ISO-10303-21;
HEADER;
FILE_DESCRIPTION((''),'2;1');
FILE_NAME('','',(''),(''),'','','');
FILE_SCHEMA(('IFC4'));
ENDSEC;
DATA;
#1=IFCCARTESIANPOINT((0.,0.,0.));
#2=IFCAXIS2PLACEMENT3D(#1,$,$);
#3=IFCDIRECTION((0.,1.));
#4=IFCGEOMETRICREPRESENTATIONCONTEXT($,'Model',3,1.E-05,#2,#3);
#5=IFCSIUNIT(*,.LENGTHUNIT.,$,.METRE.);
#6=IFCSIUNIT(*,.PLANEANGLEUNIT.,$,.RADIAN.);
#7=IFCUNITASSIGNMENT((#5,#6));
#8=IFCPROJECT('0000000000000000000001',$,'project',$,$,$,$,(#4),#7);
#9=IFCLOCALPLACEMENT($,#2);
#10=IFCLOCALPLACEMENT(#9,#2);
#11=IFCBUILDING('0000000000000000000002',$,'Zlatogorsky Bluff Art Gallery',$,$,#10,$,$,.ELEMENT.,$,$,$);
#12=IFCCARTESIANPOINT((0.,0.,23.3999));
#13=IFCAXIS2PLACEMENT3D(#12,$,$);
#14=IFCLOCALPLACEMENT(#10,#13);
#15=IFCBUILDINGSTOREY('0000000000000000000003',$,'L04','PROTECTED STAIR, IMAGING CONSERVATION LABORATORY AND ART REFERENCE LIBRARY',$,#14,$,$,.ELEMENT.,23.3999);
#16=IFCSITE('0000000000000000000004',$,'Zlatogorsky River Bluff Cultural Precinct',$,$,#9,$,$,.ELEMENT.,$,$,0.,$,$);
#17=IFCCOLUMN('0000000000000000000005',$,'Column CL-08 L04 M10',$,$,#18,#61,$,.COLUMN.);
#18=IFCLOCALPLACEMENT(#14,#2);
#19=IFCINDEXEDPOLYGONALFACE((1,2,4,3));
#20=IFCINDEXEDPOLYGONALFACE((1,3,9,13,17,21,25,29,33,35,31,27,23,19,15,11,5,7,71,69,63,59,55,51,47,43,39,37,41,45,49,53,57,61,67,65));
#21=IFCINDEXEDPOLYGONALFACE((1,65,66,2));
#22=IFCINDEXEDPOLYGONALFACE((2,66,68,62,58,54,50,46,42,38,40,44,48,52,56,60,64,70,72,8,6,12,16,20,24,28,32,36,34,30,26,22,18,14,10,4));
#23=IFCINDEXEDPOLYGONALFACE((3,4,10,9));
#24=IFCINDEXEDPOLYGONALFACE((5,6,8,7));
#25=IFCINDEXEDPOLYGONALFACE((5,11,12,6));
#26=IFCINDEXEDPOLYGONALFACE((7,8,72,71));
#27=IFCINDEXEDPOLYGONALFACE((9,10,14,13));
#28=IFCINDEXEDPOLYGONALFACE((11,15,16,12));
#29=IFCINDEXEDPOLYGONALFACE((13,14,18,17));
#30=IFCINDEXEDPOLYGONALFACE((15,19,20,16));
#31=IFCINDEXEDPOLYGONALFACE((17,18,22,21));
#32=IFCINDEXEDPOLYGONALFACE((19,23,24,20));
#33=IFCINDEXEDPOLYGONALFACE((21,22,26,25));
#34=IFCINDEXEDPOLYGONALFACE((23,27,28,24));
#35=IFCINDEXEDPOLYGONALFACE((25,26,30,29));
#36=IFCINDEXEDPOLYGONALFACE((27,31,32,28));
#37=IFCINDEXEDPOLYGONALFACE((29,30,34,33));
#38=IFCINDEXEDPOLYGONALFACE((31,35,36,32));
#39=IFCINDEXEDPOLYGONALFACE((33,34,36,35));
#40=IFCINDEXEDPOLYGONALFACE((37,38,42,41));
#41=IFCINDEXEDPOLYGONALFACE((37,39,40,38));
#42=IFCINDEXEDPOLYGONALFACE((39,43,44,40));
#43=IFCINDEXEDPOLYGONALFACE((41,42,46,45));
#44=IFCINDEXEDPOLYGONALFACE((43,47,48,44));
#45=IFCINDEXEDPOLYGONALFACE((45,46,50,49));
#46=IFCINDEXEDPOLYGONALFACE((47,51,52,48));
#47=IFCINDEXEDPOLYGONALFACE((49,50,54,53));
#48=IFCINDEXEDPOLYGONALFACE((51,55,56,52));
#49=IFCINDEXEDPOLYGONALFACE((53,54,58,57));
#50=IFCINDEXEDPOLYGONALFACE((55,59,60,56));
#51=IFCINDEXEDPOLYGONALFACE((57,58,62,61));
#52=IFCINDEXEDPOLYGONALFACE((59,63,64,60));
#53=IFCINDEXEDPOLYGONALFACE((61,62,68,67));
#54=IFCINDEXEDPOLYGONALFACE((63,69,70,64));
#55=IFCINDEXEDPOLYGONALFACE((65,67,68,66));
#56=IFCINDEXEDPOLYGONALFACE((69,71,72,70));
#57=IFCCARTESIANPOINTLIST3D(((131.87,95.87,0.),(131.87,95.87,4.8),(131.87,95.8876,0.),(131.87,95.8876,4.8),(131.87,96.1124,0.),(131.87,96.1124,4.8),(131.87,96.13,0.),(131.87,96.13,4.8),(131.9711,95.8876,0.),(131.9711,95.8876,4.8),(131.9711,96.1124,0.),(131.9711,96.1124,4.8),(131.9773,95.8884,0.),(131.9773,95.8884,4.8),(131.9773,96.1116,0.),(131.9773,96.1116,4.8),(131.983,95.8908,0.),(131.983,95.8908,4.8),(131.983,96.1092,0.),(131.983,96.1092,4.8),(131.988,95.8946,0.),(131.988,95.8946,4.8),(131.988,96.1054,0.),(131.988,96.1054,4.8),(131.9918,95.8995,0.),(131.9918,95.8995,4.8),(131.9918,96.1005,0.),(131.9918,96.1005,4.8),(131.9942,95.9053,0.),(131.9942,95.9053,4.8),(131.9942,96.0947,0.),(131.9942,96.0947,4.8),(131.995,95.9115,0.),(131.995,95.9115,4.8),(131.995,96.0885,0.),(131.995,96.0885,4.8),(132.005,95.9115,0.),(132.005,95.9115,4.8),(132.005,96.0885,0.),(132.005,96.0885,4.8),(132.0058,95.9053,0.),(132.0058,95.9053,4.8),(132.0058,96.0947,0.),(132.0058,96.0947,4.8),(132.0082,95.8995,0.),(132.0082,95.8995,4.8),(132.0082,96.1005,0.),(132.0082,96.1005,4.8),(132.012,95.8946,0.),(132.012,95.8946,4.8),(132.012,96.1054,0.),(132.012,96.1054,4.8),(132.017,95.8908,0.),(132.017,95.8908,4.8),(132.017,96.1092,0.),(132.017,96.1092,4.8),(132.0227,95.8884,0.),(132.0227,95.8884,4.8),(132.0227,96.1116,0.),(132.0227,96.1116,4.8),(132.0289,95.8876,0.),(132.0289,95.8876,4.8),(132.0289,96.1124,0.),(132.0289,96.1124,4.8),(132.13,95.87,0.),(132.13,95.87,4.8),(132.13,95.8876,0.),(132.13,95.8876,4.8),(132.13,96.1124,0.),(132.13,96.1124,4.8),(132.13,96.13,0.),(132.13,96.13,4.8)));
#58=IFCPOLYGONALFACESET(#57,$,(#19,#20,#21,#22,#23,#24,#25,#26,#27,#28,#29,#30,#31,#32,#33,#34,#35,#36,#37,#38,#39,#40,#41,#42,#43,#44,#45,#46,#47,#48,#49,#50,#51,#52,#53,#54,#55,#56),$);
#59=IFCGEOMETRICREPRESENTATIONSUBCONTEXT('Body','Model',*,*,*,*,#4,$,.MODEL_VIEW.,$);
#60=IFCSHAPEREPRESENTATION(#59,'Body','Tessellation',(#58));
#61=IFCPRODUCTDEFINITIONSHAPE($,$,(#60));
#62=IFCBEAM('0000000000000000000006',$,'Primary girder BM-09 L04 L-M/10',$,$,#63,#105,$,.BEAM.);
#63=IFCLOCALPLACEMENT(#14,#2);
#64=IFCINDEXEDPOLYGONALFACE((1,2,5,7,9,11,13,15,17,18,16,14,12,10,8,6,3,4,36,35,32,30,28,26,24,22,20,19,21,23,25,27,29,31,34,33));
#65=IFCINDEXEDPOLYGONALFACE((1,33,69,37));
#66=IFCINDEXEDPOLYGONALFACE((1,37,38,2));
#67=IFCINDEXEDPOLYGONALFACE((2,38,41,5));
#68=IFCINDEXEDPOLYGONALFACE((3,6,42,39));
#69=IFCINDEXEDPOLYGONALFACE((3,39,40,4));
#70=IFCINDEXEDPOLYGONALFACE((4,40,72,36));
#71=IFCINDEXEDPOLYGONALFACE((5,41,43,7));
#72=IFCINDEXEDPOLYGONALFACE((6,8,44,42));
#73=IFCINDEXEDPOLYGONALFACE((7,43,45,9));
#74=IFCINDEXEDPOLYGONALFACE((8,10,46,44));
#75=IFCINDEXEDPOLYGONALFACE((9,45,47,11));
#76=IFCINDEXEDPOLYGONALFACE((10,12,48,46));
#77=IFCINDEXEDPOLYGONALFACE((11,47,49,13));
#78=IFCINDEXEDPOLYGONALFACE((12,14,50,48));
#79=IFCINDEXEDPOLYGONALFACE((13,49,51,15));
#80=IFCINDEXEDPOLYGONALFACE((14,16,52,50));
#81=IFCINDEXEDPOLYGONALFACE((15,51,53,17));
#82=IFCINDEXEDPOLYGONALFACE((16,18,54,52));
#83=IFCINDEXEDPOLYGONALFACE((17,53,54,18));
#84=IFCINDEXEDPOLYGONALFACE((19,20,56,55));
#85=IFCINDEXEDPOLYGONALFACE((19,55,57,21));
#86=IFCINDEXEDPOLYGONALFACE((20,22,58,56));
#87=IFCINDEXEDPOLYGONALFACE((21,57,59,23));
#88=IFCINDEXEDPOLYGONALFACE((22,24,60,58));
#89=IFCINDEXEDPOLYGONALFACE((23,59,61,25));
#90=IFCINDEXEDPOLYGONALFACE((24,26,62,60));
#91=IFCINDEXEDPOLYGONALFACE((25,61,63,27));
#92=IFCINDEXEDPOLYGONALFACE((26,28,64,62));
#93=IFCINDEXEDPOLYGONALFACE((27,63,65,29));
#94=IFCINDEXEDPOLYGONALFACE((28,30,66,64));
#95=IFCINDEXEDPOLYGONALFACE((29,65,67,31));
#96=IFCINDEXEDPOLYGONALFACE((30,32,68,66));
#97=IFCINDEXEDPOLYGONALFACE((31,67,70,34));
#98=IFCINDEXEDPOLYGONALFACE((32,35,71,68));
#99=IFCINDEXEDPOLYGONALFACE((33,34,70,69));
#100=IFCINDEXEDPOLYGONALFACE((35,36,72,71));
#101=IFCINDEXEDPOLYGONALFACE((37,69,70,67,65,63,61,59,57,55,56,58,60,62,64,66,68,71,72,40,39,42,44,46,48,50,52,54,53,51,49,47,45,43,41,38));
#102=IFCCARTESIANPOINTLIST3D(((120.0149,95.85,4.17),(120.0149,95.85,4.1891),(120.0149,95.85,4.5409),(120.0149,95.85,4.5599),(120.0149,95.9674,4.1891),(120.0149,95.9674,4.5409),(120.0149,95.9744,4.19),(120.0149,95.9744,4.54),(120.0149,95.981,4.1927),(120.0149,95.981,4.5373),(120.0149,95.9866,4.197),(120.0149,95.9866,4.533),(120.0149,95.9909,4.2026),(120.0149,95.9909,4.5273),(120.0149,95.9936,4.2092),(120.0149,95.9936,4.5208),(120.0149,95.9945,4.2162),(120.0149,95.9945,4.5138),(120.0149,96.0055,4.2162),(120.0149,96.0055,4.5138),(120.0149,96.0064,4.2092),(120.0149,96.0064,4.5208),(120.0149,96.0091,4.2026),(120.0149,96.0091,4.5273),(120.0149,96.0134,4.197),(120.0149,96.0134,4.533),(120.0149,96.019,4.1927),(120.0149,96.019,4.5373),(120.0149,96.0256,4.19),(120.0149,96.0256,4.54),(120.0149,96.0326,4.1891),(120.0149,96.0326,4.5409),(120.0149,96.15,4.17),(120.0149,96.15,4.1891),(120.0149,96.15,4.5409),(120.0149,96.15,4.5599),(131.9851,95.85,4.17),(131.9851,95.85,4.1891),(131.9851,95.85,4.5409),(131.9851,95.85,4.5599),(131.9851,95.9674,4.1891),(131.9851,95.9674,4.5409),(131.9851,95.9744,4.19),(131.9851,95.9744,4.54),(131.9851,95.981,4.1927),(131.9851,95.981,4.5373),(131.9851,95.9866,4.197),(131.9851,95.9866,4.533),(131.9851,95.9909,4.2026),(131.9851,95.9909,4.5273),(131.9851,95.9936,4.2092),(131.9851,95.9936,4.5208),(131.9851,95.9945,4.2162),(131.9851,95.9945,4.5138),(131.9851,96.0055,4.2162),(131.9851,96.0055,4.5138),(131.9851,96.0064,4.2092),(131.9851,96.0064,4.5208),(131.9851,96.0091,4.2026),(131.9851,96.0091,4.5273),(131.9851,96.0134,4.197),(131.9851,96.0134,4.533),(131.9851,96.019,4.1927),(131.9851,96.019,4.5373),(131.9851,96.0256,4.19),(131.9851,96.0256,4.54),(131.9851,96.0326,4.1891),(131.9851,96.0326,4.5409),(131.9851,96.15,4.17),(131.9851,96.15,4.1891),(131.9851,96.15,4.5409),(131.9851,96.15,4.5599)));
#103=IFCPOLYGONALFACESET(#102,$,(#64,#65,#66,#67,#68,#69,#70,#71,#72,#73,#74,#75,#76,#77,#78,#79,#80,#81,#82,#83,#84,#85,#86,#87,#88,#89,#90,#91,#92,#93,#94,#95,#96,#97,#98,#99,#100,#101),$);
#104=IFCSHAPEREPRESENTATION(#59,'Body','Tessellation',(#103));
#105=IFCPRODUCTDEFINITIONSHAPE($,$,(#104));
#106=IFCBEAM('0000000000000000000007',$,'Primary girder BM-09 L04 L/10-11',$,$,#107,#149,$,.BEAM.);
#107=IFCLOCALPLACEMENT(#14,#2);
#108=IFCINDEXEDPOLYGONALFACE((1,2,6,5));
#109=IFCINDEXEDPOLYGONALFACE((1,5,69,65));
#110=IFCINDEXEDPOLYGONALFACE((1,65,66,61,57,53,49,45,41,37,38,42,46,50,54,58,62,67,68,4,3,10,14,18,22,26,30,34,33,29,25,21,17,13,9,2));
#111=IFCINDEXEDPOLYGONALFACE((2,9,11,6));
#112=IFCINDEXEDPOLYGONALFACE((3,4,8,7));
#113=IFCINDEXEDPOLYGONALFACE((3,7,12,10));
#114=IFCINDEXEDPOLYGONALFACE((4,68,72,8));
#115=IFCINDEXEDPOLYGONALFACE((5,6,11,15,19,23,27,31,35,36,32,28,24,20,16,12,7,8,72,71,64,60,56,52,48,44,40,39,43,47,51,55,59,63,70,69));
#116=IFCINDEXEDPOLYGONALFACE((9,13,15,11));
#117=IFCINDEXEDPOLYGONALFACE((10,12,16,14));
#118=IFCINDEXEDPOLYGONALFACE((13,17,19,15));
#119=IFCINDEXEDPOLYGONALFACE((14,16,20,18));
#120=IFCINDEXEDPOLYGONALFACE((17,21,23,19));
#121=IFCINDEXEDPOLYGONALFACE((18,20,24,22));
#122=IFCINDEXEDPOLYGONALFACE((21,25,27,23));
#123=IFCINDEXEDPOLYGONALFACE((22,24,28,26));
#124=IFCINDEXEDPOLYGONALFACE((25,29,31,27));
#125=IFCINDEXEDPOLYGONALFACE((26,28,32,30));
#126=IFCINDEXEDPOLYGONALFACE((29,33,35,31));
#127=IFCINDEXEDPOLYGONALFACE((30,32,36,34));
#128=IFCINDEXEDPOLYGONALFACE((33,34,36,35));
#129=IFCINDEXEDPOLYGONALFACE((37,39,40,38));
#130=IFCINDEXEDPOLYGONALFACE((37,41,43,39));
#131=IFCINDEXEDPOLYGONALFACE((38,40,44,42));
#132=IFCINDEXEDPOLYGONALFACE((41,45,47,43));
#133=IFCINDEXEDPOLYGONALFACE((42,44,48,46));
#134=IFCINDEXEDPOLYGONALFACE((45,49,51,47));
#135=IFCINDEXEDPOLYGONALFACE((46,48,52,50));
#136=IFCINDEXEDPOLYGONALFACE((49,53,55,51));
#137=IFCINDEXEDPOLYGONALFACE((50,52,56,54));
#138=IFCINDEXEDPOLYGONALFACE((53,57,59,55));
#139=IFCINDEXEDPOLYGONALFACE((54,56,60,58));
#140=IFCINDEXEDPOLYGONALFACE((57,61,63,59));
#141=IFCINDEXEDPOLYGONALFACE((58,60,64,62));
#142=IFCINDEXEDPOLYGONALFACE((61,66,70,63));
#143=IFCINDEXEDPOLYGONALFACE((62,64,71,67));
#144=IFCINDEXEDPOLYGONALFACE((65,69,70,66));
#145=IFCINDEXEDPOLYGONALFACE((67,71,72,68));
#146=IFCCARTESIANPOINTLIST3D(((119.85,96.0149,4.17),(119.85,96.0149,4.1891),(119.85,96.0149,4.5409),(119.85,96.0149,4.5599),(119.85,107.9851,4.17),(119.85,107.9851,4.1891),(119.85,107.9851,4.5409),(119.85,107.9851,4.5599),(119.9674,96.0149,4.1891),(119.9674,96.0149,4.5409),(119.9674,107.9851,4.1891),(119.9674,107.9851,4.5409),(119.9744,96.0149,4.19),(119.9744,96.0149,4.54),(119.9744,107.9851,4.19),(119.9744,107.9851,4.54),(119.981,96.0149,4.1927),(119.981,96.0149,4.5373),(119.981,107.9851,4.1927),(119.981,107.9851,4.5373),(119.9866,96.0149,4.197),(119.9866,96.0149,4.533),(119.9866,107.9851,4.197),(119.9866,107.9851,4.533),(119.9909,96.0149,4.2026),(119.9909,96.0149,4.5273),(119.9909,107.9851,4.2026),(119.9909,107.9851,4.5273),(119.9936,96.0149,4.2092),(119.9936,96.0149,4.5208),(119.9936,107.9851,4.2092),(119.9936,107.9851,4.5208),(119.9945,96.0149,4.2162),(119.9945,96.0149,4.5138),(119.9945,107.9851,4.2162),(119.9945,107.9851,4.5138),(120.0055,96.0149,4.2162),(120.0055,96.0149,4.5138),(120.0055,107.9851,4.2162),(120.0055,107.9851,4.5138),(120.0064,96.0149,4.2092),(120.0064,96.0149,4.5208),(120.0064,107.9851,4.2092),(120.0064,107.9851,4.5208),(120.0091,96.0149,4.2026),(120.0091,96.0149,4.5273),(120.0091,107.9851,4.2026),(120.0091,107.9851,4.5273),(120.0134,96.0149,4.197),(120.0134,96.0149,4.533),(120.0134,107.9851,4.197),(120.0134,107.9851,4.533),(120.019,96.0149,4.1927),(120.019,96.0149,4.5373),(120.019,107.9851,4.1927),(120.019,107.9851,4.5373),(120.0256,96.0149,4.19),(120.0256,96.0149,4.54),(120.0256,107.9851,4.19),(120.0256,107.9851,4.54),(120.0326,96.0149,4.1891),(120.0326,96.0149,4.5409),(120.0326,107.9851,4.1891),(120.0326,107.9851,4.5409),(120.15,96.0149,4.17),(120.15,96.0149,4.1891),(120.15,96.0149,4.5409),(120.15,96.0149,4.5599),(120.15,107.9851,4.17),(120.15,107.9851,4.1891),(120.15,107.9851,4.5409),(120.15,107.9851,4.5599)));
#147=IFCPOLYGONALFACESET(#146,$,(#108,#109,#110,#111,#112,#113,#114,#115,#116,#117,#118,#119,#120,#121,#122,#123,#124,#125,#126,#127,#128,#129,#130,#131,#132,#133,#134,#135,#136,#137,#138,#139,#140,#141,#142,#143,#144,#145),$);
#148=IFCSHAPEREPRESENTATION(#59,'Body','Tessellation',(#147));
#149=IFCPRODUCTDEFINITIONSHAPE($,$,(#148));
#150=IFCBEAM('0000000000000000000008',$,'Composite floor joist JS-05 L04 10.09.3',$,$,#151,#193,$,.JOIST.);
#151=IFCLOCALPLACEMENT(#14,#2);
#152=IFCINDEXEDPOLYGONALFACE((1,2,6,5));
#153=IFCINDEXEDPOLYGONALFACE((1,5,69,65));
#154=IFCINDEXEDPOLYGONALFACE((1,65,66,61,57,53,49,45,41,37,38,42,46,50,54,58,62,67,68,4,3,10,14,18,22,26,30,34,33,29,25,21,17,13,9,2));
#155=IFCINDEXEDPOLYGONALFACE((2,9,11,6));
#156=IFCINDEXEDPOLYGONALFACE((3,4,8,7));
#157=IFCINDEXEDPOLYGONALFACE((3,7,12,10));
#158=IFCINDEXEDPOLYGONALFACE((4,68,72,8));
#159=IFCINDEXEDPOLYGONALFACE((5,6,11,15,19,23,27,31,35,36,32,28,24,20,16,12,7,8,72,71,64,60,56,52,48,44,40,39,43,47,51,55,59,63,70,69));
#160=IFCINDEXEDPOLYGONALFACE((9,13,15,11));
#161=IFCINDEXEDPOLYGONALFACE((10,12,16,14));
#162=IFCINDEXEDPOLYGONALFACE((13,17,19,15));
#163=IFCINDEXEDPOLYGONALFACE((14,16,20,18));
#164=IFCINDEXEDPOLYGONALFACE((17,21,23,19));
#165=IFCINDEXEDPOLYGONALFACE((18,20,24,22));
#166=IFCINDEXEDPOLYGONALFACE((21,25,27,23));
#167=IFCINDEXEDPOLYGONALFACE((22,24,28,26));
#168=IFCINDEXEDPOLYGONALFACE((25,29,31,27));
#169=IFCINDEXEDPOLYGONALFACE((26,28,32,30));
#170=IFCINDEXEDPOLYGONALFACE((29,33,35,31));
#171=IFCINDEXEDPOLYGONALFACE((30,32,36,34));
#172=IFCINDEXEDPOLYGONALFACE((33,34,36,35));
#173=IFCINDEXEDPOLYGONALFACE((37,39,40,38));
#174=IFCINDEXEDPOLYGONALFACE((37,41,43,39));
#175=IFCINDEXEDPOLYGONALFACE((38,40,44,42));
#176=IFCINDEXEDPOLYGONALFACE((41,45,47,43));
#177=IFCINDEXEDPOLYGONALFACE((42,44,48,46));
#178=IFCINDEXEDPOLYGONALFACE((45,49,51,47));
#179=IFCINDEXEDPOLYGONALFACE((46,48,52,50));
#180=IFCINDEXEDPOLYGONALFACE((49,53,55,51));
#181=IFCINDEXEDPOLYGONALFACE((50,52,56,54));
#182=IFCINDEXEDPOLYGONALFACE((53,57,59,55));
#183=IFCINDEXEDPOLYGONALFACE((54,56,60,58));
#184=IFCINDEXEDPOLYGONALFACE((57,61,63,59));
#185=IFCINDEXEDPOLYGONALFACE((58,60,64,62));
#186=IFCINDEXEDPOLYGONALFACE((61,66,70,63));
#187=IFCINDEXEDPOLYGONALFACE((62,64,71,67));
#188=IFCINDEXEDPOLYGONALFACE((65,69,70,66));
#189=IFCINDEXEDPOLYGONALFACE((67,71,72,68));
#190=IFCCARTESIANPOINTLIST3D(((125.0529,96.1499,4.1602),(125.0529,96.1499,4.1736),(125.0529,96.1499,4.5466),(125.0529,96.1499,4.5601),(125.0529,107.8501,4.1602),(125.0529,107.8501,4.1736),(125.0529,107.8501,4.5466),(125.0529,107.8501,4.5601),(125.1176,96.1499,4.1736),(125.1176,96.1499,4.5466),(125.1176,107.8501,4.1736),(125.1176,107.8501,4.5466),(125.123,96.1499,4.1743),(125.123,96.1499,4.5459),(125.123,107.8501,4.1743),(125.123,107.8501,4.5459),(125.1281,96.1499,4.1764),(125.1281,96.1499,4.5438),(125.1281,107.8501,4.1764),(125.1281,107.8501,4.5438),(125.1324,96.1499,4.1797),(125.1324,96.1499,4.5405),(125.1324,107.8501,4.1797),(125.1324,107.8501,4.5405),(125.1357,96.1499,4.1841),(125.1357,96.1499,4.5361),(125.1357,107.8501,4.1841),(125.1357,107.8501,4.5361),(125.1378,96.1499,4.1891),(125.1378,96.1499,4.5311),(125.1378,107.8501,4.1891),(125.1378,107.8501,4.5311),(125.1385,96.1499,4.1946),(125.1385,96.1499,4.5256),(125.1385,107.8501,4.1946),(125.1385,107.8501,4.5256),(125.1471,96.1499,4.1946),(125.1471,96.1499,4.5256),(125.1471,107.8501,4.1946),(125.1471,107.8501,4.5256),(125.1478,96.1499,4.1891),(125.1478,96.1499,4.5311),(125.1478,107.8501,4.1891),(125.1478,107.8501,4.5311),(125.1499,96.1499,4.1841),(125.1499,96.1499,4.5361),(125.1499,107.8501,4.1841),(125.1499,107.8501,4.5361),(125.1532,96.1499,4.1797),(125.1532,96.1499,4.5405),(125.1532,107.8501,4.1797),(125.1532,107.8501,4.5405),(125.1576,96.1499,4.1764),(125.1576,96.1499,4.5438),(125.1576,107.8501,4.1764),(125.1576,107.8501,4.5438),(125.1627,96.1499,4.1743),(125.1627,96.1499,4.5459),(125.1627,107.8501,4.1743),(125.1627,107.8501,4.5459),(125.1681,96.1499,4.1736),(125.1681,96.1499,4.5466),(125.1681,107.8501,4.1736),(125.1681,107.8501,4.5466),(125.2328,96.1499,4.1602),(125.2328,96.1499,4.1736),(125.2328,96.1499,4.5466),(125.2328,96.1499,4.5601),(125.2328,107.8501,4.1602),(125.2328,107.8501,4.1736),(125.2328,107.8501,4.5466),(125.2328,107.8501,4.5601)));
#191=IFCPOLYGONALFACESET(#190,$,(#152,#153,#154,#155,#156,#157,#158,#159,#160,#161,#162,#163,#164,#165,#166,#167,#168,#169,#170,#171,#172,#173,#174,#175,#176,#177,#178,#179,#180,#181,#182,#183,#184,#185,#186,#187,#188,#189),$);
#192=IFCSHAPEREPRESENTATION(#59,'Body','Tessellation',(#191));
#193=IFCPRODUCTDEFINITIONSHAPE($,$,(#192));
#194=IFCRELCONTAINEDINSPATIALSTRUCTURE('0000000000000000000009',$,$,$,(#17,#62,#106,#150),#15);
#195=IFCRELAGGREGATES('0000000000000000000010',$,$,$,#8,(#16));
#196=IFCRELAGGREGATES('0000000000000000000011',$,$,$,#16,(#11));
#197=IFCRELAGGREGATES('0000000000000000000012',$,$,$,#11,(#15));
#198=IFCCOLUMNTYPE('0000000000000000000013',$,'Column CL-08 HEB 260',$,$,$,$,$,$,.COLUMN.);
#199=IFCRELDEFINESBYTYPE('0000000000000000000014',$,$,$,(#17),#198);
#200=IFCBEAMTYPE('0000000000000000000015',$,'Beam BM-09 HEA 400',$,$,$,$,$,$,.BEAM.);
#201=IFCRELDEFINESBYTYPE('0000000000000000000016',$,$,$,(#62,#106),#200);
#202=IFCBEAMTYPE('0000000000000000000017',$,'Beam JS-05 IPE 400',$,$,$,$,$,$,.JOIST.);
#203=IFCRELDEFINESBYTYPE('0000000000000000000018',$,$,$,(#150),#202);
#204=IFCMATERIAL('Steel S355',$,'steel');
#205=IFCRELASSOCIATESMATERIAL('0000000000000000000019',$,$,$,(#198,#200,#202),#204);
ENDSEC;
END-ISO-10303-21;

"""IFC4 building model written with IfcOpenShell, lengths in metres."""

from ifc_helpers import new_model, si_unit, direction, frame, origin, origin_2d, place, context, subcontext, project, spatial, i_section, extrude, material, material_profile, profile_set, type_object, element, save


model = new_model("IFC4")

# Units and contexts
model_context = context("Model", 3, precision=1e-05, world=origin(), true_north=direction((0.0, 1.0)))
body_context = subcontext(model_context, "Body", "Model", "MODEL_VIEW")
ifc_project = project(units=[si_unit("LENGTHUNIT", "METRE"), si_unit("PLANEANGLEUNIT", "RADIAN")], contexts=[model_context])

# Site, building, storey
site_placement = place(None, origin())
site = spatial("IfcSite", under=ifc_project, at=site_placement, Name="Zlatogorsky River Bluff Cultural Precinct", CompositionType="ELEMENT", RefElevation=0.0)
building_placement = place(site_placement, origin())
building = spatial("IfcBuilding", under=site, at=building_placement, Name="Zlatogorsky Bluff Art Gallery", CompositionType="ELEMENT")
storey_placement = place(building_placement, frame((0.0, 0.0, 23.3999)))
storey = spatial("IfcBuildingStorey", under=building, at=storey_placement, Name="L04", Description="PROTECTED STAIR, IMAGING CONSERVATION LABORATORY AND ART REFERENCE LIBRARY", CompositionType="ELEMENT", Elevation=23.3999)

# Column
ifc_material_1 = material(Name="Steel S355", Category="steel")
ifc_material_profile_1 = material_profile(ifc_material_1, i_section(OverallWidth=0.26, OverallDepth=0.26, WebThickness=0.01, FlangeThickness=0.0176, FilletRadius=0.0239, at=origin_2d()), Name="HEB 260")
ifc_profile_set_1 = profile_set([ifc_material_profile_1], Name="Steel S355")
column_type = type_object("IfcColumnType", Name="Column CL-08 HEB 260", PredefinedType="COLUMN", material=ifc_profile_set_1)
column_placement = place(storey_placement, frame((132.0, 96.0, 0.0), z_axis=(0.0, 0.0, 1.0), x_axis=(1.0, 0.0, 0.0)))
element("IfcColumn", 1, at=column_placement, inside=storey, type_object=column_type, Name="Column CL-08 L04 M10", PredefinedType="COLUMN", context=body_context, shape_type="SweptSolid", body=[
    extrude(i_section(OverallWidth=0.26, OverallDepth=0.26, WebThickness=0.01, FlangeThickness=0.0176, FilletRadius=0.0239, at=origin_2d()), origin(), (0.0, 0.0, 1.0), 4.8),
])

# Beams
ifc_material_profile_2 = material_profile(ifc_material_1, i_section(OverallWidth=0.3, OverallDepth=0.3899, WebThickness=0.011, FlangeThickness=0.019, FilletRadius=0.0271, at=origin_2d()), Name="HEA 400")
ifc_profile_set_2 = profile_set([ifc_material_profile_2], Name="Steel S355")
beam_type_1 = type_object("IfcBeamType", Name="Beam BM-09 HEA 400", PredefinedType="BEAM", material=ifc_profile_set_2)
for number, where, z_axis, x_axis, name in (
    (2, (120.0149, 96.0, 4.365), (1.0, 0.0, 0.0), (0.0, 1.0, 0.0), "Primary girder BM-09 L04 L-M/10"),
    (3, (120.0, 96.0149, 4.365), (0.0, 1.0, 0.0), (-1.0, 0.0, 0.0), "Primary girder BM-09 L04 L/10-11"),
):
    element("IfcBeam", number, at=place(storey_placement, frame(where, z_axis=z_axis, x_axis=x_axis)), inside=storey, type_object=beam_type_1, Name=name, PredefinedType="BEAM", context=body_context, shape_type="SweptSolid", body=[
        extrude(i_section(OverallWidth=0.3, OverallDepth=0.3899, WebThickness=0.011, FlangeThickness=0.019, FilletRadius=0.0271, at=origin_2d()), origin(), (0.0, 0.0, 1.0), 11.9702),
    ])
ifc_material_profile_3 = material_profile(ifc_material_1, i_section(OverallWidth=0.1799, OverallDepth=0.3999, WebThickness=0.0085, FlangeThickness=0.0134, FilletRadius=0.021, at=origin_2d()), Name="IPE 400")
ifc_profile_set_3 = profile_set([ifc_material_profile_3], Name="Steel S355")
beam_type_2 = type_object("IfcBeamType", Name="Beam JS-05 IPE 400", PredefinedType="JOIST", material=ifc_profile_set_3)
for number, where, z_axis, x_axis, name in (
    (4, (125.1428, 96.1499, 4.3601), (0.0, 1.0, 0.0), (-1.0, 0.0, 0.0), "Composite floor joist JS-05 L04 10.09.3"),
):
    element("IfcBeam", number, at=place(storey_placement, frame(where, z_axis=z_axis, x_axis=x_axis)), inside=storey, type_object=beam_type_2, Name=name, PredefinedType="JOIST", context=body_context, shape_type="SweptSolid", body=[
        extrude(i_section(OverallWidth=0.1799, OverallDepth=0.3999, WebThickness=0.0085, FlangeThickness=0.0134, FilletRadius=0.021, at=origin_2d()), origin(), (0.0, 0.0, 1.0), 11.7002),
    ])

save(model, "model.ifc")
